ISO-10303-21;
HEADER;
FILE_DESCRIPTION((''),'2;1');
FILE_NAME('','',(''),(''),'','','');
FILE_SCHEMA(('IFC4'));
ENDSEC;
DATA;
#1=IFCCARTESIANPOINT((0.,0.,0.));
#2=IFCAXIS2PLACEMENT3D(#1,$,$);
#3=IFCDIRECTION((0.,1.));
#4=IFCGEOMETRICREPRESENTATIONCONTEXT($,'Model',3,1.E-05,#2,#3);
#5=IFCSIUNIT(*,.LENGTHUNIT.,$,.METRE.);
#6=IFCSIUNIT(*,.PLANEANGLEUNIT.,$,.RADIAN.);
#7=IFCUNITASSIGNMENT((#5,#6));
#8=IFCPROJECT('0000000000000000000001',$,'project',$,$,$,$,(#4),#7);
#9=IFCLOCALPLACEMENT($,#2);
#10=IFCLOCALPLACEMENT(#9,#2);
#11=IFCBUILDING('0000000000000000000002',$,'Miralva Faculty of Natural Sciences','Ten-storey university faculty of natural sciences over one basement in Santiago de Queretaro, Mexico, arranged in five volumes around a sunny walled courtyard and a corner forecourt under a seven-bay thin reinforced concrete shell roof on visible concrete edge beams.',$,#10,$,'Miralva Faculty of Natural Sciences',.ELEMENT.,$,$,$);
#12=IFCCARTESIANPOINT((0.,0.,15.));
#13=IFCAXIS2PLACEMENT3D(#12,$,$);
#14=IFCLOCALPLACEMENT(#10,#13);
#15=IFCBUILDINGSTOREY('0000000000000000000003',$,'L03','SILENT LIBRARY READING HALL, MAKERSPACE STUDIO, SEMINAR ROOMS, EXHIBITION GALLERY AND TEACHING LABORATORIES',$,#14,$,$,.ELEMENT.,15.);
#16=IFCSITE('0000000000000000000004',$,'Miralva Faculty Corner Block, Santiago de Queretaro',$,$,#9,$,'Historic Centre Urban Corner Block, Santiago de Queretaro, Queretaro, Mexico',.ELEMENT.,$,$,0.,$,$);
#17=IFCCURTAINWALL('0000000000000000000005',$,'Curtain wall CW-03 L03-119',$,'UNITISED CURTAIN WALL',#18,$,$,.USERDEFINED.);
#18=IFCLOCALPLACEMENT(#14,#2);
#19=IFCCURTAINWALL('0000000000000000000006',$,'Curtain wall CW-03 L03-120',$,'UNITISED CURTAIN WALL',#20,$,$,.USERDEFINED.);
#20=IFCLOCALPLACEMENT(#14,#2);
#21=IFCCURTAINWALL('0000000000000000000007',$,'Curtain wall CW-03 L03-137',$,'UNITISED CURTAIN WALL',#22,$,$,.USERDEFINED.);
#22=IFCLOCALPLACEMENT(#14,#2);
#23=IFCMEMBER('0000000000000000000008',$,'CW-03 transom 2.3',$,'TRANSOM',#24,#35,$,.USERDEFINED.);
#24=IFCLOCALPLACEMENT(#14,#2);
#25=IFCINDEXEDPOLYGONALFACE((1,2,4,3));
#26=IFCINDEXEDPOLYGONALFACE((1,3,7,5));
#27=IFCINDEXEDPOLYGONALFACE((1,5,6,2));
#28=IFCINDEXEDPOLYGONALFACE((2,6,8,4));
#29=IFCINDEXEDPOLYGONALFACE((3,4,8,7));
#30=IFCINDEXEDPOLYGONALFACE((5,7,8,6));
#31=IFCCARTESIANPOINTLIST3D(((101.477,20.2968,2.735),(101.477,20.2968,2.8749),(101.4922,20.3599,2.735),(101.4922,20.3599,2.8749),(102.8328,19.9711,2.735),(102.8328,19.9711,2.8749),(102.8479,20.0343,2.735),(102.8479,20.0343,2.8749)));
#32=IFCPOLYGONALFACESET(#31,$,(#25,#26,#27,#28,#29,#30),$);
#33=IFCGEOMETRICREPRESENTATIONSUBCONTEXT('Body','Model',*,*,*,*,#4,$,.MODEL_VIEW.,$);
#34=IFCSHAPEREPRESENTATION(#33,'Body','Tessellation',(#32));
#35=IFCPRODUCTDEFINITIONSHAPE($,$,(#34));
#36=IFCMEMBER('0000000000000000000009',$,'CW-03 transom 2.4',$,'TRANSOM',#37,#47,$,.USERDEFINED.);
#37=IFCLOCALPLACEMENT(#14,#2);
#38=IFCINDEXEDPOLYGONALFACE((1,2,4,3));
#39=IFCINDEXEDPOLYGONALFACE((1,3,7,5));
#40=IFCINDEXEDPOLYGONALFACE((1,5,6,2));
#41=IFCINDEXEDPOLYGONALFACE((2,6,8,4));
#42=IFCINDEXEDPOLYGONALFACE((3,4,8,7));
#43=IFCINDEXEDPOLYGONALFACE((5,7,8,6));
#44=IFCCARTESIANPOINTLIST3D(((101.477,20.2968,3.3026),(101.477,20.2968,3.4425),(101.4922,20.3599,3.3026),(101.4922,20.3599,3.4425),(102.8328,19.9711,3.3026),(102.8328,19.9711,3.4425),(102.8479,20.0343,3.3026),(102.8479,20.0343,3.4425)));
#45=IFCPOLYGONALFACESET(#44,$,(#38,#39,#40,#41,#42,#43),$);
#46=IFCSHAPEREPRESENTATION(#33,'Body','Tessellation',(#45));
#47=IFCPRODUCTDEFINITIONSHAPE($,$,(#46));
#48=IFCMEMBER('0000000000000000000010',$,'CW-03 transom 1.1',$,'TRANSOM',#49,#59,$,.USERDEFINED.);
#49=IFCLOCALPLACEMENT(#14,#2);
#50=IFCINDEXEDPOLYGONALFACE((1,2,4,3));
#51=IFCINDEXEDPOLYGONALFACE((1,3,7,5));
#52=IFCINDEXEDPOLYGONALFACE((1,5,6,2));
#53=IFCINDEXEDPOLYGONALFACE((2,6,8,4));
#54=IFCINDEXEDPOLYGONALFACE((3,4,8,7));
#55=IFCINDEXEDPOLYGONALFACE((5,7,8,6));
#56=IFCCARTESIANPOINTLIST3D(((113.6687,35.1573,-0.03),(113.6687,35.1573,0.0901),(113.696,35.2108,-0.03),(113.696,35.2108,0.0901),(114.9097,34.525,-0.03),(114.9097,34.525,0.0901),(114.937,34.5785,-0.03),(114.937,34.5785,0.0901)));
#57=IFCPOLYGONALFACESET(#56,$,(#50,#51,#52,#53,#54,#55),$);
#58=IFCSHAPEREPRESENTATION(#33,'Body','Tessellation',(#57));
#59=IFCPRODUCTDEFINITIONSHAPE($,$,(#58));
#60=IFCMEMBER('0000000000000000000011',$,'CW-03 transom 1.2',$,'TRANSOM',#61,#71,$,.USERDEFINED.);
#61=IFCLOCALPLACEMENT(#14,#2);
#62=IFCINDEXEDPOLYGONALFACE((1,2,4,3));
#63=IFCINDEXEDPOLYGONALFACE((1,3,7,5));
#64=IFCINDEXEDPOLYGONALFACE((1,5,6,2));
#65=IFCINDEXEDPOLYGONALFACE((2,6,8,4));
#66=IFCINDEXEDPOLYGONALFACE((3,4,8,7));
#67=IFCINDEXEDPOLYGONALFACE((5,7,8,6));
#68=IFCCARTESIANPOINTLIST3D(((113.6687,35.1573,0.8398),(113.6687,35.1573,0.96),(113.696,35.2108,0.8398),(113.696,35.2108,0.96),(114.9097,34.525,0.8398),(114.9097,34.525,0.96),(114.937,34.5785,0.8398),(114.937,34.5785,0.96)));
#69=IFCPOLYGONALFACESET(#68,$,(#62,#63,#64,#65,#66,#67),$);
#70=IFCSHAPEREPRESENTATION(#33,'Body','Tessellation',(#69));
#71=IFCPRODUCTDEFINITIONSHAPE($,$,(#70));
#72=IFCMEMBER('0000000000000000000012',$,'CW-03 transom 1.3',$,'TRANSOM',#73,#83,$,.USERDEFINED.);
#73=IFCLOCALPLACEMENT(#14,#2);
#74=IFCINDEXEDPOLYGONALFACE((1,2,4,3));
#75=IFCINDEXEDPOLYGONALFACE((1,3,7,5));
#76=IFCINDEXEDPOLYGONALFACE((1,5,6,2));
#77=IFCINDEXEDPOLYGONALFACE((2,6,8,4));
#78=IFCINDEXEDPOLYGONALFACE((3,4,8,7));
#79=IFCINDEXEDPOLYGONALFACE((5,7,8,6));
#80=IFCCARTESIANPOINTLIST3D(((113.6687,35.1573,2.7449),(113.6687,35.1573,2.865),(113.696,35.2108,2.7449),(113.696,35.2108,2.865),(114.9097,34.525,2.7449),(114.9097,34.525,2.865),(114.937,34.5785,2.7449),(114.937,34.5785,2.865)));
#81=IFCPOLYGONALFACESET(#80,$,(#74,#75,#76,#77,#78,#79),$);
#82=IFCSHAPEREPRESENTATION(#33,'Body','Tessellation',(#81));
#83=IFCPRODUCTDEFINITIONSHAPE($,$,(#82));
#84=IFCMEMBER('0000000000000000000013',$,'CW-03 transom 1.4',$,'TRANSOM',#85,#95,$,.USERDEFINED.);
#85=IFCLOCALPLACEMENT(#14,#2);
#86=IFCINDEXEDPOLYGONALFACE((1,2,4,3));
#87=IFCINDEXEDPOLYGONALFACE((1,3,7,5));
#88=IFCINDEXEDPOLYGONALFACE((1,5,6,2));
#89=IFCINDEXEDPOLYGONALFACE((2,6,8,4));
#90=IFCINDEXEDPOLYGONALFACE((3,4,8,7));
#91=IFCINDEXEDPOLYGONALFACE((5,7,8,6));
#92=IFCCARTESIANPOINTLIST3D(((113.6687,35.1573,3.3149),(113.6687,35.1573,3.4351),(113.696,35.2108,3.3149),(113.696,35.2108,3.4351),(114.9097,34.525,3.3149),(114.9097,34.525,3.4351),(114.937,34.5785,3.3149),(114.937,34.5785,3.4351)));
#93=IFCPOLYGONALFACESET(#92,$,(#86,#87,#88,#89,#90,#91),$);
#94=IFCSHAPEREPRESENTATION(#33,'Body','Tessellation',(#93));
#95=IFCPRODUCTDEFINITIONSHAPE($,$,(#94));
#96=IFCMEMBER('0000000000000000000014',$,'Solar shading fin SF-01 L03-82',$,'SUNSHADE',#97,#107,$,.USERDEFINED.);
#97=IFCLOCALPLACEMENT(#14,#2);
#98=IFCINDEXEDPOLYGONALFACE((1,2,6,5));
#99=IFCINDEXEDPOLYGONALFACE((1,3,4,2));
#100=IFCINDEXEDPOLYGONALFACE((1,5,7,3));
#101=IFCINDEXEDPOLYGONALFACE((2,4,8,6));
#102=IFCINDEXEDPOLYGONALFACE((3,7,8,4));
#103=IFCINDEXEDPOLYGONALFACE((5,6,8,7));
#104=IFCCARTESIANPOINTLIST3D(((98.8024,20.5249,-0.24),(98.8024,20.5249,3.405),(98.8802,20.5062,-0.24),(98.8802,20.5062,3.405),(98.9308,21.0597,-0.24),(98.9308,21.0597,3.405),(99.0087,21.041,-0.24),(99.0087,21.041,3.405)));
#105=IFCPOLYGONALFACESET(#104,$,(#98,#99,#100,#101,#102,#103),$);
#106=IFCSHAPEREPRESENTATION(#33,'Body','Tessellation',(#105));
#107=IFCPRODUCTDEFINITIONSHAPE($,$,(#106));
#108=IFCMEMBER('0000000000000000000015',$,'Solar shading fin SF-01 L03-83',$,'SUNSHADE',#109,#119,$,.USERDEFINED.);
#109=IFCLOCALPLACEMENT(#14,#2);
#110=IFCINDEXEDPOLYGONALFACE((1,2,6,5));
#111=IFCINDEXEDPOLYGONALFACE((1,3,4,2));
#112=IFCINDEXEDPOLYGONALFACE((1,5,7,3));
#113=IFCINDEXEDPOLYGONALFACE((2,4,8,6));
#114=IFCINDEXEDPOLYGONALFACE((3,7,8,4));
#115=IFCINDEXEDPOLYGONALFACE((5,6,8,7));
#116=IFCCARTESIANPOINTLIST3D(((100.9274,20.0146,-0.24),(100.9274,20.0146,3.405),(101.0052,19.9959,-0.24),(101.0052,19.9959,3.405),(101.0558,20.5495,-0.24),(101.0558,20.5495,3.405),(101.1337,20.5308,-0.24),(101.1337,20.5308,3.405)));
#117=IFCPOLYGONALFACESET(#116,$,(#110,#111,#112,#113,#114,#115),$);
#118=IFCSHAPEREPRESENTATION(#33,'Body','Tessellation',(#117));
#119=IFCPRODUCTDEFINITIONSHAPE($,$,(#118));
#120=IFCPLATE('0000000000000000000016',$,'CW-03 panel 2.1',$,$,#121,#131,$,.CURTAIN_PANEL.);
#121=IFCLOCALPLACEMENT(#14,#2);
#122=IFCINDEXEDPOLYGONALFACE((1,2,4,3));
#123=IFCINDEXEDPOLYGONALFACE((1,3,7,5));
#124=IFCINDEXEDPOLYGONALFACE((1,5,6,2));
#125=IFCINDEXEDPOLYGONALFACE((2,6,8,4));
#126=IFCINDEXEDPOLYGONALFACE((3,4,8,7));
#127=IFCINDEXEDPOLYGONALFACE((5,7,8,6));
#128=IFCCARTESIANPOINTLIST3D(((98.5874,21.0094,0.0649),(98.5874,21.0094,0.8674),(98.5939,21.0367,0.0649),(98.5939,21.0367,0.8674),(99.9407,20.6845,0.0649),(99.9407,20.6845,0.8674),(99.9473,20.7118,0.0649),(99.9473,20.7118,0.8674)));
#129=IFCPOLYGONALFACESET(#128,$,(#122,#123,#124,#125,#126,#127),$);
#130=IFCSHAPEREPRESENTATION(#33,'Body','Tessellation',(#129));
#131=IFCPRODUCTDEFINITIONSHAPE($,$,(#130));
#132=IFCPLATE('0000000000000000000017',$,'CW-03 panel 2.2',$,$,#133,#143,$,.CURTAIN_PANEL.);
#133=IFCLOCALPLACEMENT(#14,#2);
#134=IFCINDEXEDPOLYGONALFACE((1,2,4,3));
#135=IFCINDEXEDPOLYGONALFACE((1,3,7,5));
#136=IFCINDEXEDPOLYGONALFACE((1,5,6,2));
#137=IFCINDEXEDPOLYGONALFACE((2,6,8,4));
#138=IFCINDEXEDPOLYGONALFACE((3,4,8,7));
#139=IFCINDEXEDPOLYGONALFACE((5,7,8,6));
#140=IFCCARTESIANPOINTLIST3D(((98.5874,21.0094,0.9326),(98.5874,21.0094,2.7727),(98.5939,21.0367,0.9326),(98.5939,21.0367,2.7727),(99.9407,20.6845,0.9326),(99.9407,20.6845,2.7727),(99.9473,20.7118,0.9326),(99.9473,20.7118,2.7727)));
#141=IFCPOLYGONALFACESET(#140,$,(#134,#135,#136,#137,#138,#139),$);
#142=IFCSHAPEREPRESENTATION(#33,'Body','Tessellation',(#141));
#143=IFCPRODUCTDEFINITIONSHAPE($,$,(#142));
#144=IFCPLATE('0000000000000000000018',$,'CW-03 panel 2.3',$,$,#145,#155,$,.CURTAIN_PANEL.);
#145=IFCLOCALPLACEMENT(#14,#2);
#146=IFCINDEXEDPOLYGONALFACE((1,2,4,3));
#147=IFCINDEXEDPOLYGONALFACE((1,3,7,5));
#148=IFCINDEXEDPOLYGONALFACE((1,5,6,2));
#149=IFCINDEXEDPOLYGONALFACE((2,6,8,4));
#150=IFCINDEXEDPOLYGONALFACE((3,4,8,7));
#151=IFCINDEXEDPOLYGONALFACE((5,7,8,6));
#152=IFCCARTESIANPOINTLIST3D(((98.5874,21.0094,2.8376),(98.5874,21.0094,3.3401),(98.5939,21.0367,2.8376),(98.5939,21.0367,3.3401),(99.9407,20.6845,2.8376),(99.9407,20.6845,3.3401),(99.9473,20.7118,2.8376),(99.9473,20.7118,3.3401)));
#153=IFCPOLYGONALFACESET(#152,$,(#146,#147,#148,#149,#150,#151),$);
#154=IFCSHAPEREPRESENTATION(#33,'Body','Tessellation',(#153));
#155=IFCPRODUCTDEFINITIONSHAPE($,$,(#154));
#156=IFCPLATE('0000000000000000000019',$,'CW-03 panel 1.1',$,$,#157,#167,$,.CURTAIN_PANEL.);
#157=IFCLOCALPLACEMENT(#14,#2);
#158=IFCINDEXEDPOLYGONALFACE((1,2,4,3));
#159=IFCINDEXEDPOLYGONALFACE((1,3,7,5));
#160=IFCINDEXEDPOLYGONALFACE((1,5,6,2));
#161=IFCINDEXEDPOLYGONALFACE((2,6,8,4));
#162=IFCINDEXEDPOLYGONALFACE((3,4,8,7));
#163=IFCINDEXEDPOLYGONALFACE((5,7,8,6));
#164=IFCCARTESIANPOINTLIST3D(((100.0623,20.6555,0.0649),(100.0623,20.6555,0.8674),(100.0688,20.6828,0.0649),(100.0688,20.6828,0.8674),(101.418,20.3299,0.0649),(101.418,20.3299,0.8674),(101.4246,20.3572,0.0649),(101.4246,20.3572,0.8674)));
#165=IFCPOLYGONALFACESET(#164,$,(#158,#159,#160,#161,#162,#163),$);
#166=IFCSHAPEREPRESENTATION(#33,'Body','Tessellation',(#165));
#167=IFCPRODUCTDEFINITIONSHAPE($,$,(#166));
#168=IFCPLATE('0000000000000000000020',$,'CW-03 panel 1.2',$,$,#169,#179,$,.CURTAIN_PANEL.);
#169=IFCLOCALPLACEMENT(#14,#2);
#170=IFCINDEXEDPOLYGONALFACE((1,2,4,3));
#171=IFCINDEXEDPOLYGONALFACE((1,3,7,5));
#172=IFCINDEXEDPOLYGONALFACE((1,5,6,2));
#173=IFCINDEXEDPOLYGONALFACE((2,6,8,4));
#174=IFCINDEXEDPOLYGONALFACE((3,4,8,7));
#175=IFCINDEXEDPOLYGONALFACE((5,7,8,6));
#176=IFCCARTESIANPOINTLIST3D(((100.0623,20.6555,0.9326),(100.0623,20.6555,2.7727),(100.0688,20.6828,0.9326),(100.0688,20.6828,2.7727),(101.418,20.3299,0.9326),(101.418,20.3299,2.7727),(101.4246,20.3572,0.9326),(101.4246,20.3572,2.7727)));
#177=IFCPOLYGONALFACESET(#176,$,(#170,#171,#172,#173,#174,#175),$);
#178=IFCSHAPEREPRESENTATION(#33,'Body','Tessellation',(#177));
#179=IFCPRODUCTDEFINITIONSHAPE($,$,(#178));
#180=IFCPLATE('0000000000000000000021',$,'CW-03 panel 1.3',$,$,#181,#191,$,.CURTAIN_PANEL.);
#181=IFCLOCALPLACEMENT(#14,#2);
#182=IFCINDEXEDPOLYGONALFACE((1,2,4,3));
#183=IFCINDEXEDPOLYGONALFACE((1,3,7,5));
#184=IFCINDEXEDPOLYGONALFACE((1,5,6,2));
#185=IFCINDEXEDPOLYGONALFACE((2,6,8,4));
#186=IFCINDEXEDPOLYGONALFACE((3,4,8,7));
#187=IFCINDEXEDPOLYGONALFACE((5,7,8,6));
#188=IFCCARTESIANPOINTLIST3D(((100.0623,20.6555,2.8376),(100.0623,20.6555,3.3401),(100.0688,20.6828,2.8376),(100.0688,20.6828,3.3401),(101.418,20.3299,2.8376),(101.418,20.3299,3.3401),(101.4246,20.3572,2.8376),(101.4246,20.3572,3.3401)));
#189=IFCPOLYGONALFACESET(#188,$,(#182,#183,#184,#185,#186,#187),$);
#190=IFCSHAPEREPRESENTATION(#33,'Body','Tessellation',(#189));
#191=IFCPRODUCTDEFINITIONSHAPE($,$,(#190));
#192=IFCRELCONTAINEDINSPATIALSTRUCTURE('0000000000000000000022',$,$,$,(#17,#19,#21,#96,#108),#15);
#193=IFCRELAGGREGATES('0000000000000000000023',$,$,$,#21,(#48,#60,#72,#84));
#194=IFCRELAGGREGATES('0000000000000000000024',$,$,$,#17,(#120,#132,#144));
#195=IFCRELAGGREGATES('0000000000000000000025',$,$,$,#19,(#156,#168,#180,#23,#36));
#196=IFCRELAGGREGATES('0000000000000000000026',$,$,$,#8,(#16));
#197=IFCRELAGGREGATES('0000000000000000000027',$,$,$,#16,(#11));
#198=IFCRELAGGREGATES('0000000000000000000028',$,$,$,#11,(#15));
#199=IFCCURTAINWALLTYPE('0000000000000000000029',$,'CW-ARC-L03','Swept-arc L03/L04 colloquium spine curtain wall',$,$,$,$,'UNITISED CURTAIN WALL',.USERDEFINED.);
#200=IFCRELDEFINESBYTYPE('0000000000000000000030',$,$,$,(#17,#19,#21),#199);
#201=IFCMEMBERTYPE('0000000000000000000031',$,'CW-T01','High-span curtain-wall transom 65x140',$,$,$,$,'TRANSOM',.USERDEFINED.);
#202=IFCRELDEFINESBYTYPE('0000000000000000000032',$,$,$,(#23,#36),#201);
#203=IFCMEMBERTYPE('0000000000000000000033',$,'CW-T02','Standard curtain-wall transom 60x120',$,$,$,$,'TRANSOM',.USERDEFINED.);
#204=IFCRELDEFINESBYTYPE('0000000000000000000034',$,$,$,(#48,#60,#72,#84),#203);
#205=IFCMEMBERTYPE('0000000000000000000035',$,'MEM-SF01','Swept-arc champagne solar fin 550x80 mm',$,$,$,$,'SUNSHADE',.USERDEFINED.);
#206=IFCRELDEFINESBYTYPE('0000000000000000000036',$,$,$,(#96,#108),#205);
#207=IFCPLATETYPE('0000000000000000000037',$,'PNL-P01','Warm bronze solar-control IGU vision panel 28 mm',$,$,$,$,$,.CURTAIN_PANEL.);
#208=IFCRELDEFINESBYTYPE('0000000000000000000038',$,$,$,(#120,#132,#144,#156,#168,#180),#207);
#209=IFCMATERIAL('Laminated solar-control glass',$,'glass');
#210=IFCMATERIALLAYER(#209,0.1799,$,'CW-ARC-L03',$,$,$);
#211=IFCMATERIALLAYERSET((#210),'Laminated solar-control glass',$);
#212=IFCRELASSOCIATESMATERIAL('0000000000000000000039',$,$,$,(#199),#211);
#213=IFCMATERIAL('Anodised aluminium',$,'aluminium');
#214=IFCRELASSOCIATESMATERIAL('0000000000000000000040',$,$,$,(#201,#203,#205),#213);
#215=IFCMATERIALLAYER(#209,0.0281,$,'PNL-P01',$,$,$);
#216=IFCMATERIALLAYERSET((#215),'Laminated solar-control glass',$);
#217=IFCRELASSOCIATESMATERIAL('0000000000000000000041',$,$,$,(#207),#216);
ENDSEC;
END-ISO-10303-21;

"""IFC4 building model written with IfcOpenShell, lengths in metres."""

from ifc_helpers import new_model, si_unit, direction, frame, origin, origin_2d, place, context, subcontext, project, spatial, rectangle, extrude, material, layer, layer_set, material_profile, profile_set, type_object, element, aggregate, save


model = new_model("IFC4")

# Units and contexts
model_context = context("Model", 3, precision=1e-05, world=origin(), true_north=direction((0.0, 1.0)))
body_context = subcontext(model_context, "Body", "Model", "MODEL_VIEW")
ifc_project = project(units=[si_unit("LENGTHUNIT", "METRE"), si_unit("PLANEANGLEUNIT", "RADIAN")], contexts=[model_context])

# Site, building, storey
site_placement = place(None, origin())
site = spatial("IfcSite", under=ifc_project, at=site_placement, Name="Miralva Faculty Corner Block, Santiago de Queretaro", LongName="Historic Centre Urban Corner Block, Santiago de Queretaro, Queretaro, Mexico", CompositionType="ELEMENT", RefElevation=0.0)
building_placement = place(site_placement, origin())
building = spatial("IfcBuilding", under=site, at=building_placement, Name="Miralva Faculty of Natural Sciences", Description="Ten-storey university faculty of natural sciences over one basement in Santiago de Queretaro, Mexico, arranged in five volumes around a sunny walled courtyard and a corner forecourt under a seven-bay thin reinforced concrete shell roof on visible concrete edge beams.", LongName="Miralva Faculty of Natural Sciences", CompositionType="ELEMENT")
storey_placement = place(building_placement, frame((0.0, 0.0, 15.0)))
storey = spatial("IfcBuildingStorey", under=building, at=storey_placement, Name="L03", Description="SILENT LIBRARY READING HALL, MAKERSPACE STUDIO, SEMINAR ROOMS, EXHIBITION GALLERY AND TEACHING LABORATORIES", CompositionType="ELEMENT", Elevation=15.0)

# Curtain wall
ifc_material_1 = material(Name="Laminated solar-control glass", Category="glass")
ifc_layer_1 = layer(ifc_material_1, 0.1799, Name="CW-ARC-L03")
ifc_layer_set_1 = layer_set([ifc_layer_1], Name="Laminated solar-control glass")
curtain_wall_type = type_object("IfcCurtainWallType", Name="CW-ARC-L03", Description="Swept-arc L03/L04 colloquium spine curtain wall", ElementType="UNITISED CURTAIN WALL", PredefinedType="USERDEFINED", material=ifc_layer_set_1)
curtain_wall_1_placement = place(storey_placement, origin())
curtain_wall_1 = element("IfcCurtainWall", 1, at=curtain_wall_1_placement, inside=storey, type_object=curtain_wall_type, Name="Curtain wall CW-03 L03-119", ObjectType="UNITISED CURTAIN WALL", PredefinedType="USERDEFINED")
ifc_material_2 = material(Name="Anodised aluminium", Category="aluminium")

# Curtain wall
curtain_wall_2_placement = place(storey_placement, origin())
curtain_wall_2 = element("IfcCurtainWall", 2, at=curtain_wall_2_placement, inside=storey, type_object=curtain_wall_type, Name="Curtain wall CW-03 L03-120", ObjectType="UNITISED CURTAIN WALL", PredefinedType="USERDEFINED")

# Curtain wall
curtain_wall_3_placement = place(storey_placement, origin())
curtain_wall_3 = element("IfcCurtainWall", 3, at=curtain_wall_3_placement, inside=storey, type_object=curtain_wall_type, Name="Curtain wall CW-03 L03-137", ObjectType="UNITISED CURTAIN WALL", PredefinedType="USERDEFINED")

# Members
ifc_material_profile_1 = material_profile(ifc_material_2, rectangle(XDim=0.0649, YDim=0.1399, at=origin_2d()), Name="TRANSOM 65x140")
ifc_profile_set_1 = profile_set([ifc_material_profile_1], Name="Anodised aluminium")
member_type_1 = type_object("IfcMemberType", Name="CW-T01", Description="High-span curtain-wall transom 65x140", ElementType="TRANSOM", PredefinedType="USERDEFINED", material=ifc_profile_set_1)
member_1_placement = place(storey_placement, frame((101.4846, 20.3284, 2.8049), z_axis=(0.972336, -0.233585, 0.0), x_axis=(0.233585, 0.972336, 0.0)))
member_1 = element("IfcMember", 4, at=member_1_placement, type_object=member_type_1, Name="CW-03 transom 2.3", ObjectType="TRANSOM", PredefinedType="USERDEFINED", context=body_context, shape_type="SweptSolid", body=[
    extrude(rectangle(XDim=0.0649, YDim=0.1399, at=origin_2d()), origin(), (0.0, 0.0, 1.0), 1.3943),
])
member_2_placement = place(storey_placement, frame((101.4846, 20.3284, 3.3726), z_axis=(0.972336, -0.233585, 0.0), x_axis=(0.233585, 0.972336, 0.0)))
member_2 = element("IfcMember", 5, at=member_2_placement, type_object=member_type_1, Name="CW-03 transom 2.4", ObjectType="TRANSOM", PredefinedType="USERDEFINED", context=body_context, shape_type="SweptSolid", body=[
    extrude(rectangle(XDim=0.0649, YDim=0.1399, at=origin_2d()), origin(), (0.0, 0.0, 1.0), 1.3943),
])
ifc_material_profile_2 = material_profile(ifc_material_2, rectangle(XDim=0.0601, YDim=0.1201, at=origin_2d()), Name="TRANSOM 60x120")
ifc_profile_set_2 = profile_set([ifc_material_profile_2], Name="Anodised aluminium")
member_type_2 = type_object("IfcMemberType", Name="CW-T02", Description="Standard curtain-wall transom 60x120", ElementType="TRANSOM", PredefinedType="USERDEFINED", material=ifc_profile_set_2)
member_3_placement = place(storey_placement, frame((113.6824, 35.1841, 0.03), z_axis=(0.891001, -0.454002, 0.0), x_axis=(0.454002, 0.891001, 0.0)))
member_3 = element("IfcMember", 6, at=member_3_placement, type_object=member_type_2, Name="CW-03 transom 1.1", ObjectType="TRANSOM", PredefinedType="USERDEFINED", context=body_context, shape_type="SweptSolid", body=[
    extrude(rectangle(XDim=0.0601, YDim=0.1201, at=origin_2d()), origin(), (0.0, 0.0, 1.0), 1.3928),
])
member_4_placement = place(storey_placement, frame((113.6824, 35.1841, 0.8999), z_axis=(0.891001, -0.454002, 0.0), x_axis=(0.454002, 0.891001, 0.0)))
member_4 = element("IfcMember", 7, at=member_4_placement, type_object=member_type_2, Name="CW-03 transom 1.2", ObjectType="TRANSOM", PredefinedType="USERDEFINED", context=body_context, shape_type="SweptSolid", body=[
    extrude(rectangle(XDim=0.0601, YDim=0.1201, at=origin_2d()), origin(), (0.0, 0.0, 1.0), 1.3928),
])
member_5_placement = place(storey_placement, frame((113.6824, 35.1841, 2.8049), z_axis=(0.891001, -0.454002, 0.0), x_axis=(0.454002, 0.891001, 0.0)))
member_5 = element("IfcMember", 8, at=member_5_placement, type_object=member_type_2, Name="CW-03 transom 1.3", ObjectType="TRANSOM", PredefinedType="USERDEFINED", context=body_context, shape_type="SweptSolid", body=[
    extrude(rectangle(XDim=0.0601, YDim=0.1201, at=origin_2d()), origin(), (0.0, 0.0, 1.0), 1.3928),
])
member_6_placement = place(storey_placement, frame((113.6824, 35.1841, 3.375), z_axis=(0.891001, -0.454002, 0.0), x_axis=(0.454002, 0.891001, 0.0)))
member_6 = element("IfcMember", 9, at=member_6_placement, type_object=member_type_2, Name="CW-03 transom 1.4", ObjectType="TRANSOM", PredefinedType="USERDEFINED", context=body_context, shape_type="SweptSolid", body=[
    extrude(rectangle(XDim=0.0601, YDim=0.1201, at=origin_2d()), origin(), (0.0, 0.0, 1.0), 1.3928),
])
aggregate(curtain_wall_3, [member_3, member_4, member_5, member_6])

# Members
ifc_material_profile_3 = material_profile(ifc_material_2, rectangle(XDim=0.0801, YDim=0.55, at=origin_2d()), Name="FIN 550x80")
ifc_profile_set_3 = profile_set([ifc_material_profile_3], Name="Anodised aluminium")
member_type_3 = type_object("IfcMemberType", Name="MEM-SF01", Description="Swept-arc champagne solar fin 550x80 mm", ElementType="SUNSHADE", PredefinedType="USERDEFINED", material=ifc_profile_set_3)
for number, where, z_axis, x_axis, name in (
    (10, (98.9055, 20.783, -0.24), (0.0, 0.0, 1.0), (0.97237, -0.233445, 0.0), "Solar shading fin SF-01 L03-82"),
    (11, (101.0305, 20.2727, -0.24), (0.0, 0.0, 1.0), (0.97237, -0.233445, 0.0), "Solar shading fin SF-01 L03-83"),
):
    element("IfcMember", number, at=place(storey_placement, frame(where, z_axis=z_axis, x_axis=x_axis)), inside=storey, type_object=member_type_3, Name=name, ObjectType="SUNSHADE", PredefinedType="USERDEFINED", context=body_context, shape_type="SweptSolid", body=[
        extrude(rectangle(XDim=0.0801, YDim=0.55, at=origin_2d()), origin(), (0.0, 0.0, 1.0), 3.645),
    ])

# Plates
ifc_layer_2 = layer(ifc_material_1, 0.0281, Name="PNL-P01")
ifc_layer_set_2 = layer_set([ifc_layer_2], Name="Laminated solar-control glass")
plate_type = type_object("IfcPlateType", Name="PNL-P01", Description="Warm bronze solar-control IGU vision panel 28 mm", PredefinedType="CURTAIN_PANEL", material=ifc_layer_set_2)
plate_1_placement = place(storey_placement, frame((99.2673, 20.8606, 0.0649), z_axis=(0.0, 0.0, 1.0), x_axis=(0.972367, -0.233457, 0.0)))
plate_1 = element("IfcPlate", 12, at=plate_1_placement, type_object=plate_type, Name="CW-03 panel 2.1", PredefinedType="CURTAIN_PANEL", context=body_context, shape_type="SweptSolid", body=[
    extrude(rectangle(XDim=1.3918, YDim=0.0281, at=origin_2d()), origin(), (0.0, 0.0, 1.0), 0.8025),
])
plate_2_placement = place(storey_placement, frame((99.2673, 20.8606, 0.9326), z_axis=(0.0, 0.0, 1.0), x_axis=(0.972367, -0.233457, 0.0)))
plate_2 = element("IfcPlate", 13, at=plate_2_placement, type_object=plate_type, Name="CW-03 panel 2.2", PredefinedType="CURTAIN_PANEL", context=body_context, shape_type="SweptSolid", body=[
    extrude(rectangle(XDim=1.3918, YDim=0.0281, at=origin_2d()), origin(), (0.0, 0.0, 1.0), 1.8401),
])
plate_3_placement = place(storey_placement, frame((99.2673, 20.8606, 2.8376), z_axis=(0.0, 0.0, 1.0), x_axis=(0.972367, -0.233457, 0.0)))
plate_3 = element("IfcPlate", 14, at=plate_3_placement, type_object=plate_type, Name="CW-03 panel 2.3", PredefinedType="CURTAIN_PANEL", context=body_context, shape_type="SweptSolid", body=[
    extrude(rectangle(XDim=1.3918, YDim=0.0281, at=origin_2d()), origin(), (0.0, 0.0, 1.0), 0.5024),
])
aggregate(curtain_wall_1, [plate_1, plate_2, plate_3])
plate_4_placement = place(storey_placement, frame((100.7434, 20.5063, 0.0649), z_axis=(0.0, 0.0, 1.0), x_axis=(0.972365, -0.233464, 0.0)))
plate_4 = element("IfcPlate", 15, at=plate_4_placement, type_object=plate_type, Name="CW-03 panel 1.1", PredefinedType="CURTAIN_PANEL", context=body_context, shape_type="SweptSolid", body=[
    extrude(rectangle(XDim=1.3943, YDim=0.0281, at=origin_2d()), origin(), (0.0, 0.0, 1.0), 0.8025),
])
plate_5_placement = place(storey_placement, frame((100.7434, 20.5063, 0.9326), z_axis=(0.0, 0.0, 1.0), x_axis=(0.972365, -0.233464, 0.0)))
plate_5 = element("IfcPlate", 16, at=plate_5_placement, type_object=plate_type, Name="CW-03 panel 1.2", PredefinedType="CURTAIN_PANEL", context=body_context, shape_type="SweptSolid", body=[
    extrude(rectangle(XDim=1.3943, YDim=0.0281, at=origin_2d()), origin(), (0.0, 0.0, 1.0), 1.8401),
])
plate_6_placement = place(storey_placement, frame((100.7434, 20.5063, 2.8376), z_axis=(0.0, 0.0, 1.0), x_axis=(0.972365, -0.233464, 0.0)))
plate_6 = element("IfcPlate", 17, at=plate_6_placement, type_object=plate_type, Name="CW-03 panel 1.3", PredefinedType="CURTAIN_PANEL", context=body_context, shape_type="SweptSolid", body=[
    extrude(rectangle(XDim=1.3943, YDim=0.0281, at=origin_2d()), origin(), (0.0, 0.0, 1.0), 0.5024),
])
aggregate(curtain_wall_2, [plate_4, plate_5, plate_6, member_1, member_2])

save(model, "model.ifc")
